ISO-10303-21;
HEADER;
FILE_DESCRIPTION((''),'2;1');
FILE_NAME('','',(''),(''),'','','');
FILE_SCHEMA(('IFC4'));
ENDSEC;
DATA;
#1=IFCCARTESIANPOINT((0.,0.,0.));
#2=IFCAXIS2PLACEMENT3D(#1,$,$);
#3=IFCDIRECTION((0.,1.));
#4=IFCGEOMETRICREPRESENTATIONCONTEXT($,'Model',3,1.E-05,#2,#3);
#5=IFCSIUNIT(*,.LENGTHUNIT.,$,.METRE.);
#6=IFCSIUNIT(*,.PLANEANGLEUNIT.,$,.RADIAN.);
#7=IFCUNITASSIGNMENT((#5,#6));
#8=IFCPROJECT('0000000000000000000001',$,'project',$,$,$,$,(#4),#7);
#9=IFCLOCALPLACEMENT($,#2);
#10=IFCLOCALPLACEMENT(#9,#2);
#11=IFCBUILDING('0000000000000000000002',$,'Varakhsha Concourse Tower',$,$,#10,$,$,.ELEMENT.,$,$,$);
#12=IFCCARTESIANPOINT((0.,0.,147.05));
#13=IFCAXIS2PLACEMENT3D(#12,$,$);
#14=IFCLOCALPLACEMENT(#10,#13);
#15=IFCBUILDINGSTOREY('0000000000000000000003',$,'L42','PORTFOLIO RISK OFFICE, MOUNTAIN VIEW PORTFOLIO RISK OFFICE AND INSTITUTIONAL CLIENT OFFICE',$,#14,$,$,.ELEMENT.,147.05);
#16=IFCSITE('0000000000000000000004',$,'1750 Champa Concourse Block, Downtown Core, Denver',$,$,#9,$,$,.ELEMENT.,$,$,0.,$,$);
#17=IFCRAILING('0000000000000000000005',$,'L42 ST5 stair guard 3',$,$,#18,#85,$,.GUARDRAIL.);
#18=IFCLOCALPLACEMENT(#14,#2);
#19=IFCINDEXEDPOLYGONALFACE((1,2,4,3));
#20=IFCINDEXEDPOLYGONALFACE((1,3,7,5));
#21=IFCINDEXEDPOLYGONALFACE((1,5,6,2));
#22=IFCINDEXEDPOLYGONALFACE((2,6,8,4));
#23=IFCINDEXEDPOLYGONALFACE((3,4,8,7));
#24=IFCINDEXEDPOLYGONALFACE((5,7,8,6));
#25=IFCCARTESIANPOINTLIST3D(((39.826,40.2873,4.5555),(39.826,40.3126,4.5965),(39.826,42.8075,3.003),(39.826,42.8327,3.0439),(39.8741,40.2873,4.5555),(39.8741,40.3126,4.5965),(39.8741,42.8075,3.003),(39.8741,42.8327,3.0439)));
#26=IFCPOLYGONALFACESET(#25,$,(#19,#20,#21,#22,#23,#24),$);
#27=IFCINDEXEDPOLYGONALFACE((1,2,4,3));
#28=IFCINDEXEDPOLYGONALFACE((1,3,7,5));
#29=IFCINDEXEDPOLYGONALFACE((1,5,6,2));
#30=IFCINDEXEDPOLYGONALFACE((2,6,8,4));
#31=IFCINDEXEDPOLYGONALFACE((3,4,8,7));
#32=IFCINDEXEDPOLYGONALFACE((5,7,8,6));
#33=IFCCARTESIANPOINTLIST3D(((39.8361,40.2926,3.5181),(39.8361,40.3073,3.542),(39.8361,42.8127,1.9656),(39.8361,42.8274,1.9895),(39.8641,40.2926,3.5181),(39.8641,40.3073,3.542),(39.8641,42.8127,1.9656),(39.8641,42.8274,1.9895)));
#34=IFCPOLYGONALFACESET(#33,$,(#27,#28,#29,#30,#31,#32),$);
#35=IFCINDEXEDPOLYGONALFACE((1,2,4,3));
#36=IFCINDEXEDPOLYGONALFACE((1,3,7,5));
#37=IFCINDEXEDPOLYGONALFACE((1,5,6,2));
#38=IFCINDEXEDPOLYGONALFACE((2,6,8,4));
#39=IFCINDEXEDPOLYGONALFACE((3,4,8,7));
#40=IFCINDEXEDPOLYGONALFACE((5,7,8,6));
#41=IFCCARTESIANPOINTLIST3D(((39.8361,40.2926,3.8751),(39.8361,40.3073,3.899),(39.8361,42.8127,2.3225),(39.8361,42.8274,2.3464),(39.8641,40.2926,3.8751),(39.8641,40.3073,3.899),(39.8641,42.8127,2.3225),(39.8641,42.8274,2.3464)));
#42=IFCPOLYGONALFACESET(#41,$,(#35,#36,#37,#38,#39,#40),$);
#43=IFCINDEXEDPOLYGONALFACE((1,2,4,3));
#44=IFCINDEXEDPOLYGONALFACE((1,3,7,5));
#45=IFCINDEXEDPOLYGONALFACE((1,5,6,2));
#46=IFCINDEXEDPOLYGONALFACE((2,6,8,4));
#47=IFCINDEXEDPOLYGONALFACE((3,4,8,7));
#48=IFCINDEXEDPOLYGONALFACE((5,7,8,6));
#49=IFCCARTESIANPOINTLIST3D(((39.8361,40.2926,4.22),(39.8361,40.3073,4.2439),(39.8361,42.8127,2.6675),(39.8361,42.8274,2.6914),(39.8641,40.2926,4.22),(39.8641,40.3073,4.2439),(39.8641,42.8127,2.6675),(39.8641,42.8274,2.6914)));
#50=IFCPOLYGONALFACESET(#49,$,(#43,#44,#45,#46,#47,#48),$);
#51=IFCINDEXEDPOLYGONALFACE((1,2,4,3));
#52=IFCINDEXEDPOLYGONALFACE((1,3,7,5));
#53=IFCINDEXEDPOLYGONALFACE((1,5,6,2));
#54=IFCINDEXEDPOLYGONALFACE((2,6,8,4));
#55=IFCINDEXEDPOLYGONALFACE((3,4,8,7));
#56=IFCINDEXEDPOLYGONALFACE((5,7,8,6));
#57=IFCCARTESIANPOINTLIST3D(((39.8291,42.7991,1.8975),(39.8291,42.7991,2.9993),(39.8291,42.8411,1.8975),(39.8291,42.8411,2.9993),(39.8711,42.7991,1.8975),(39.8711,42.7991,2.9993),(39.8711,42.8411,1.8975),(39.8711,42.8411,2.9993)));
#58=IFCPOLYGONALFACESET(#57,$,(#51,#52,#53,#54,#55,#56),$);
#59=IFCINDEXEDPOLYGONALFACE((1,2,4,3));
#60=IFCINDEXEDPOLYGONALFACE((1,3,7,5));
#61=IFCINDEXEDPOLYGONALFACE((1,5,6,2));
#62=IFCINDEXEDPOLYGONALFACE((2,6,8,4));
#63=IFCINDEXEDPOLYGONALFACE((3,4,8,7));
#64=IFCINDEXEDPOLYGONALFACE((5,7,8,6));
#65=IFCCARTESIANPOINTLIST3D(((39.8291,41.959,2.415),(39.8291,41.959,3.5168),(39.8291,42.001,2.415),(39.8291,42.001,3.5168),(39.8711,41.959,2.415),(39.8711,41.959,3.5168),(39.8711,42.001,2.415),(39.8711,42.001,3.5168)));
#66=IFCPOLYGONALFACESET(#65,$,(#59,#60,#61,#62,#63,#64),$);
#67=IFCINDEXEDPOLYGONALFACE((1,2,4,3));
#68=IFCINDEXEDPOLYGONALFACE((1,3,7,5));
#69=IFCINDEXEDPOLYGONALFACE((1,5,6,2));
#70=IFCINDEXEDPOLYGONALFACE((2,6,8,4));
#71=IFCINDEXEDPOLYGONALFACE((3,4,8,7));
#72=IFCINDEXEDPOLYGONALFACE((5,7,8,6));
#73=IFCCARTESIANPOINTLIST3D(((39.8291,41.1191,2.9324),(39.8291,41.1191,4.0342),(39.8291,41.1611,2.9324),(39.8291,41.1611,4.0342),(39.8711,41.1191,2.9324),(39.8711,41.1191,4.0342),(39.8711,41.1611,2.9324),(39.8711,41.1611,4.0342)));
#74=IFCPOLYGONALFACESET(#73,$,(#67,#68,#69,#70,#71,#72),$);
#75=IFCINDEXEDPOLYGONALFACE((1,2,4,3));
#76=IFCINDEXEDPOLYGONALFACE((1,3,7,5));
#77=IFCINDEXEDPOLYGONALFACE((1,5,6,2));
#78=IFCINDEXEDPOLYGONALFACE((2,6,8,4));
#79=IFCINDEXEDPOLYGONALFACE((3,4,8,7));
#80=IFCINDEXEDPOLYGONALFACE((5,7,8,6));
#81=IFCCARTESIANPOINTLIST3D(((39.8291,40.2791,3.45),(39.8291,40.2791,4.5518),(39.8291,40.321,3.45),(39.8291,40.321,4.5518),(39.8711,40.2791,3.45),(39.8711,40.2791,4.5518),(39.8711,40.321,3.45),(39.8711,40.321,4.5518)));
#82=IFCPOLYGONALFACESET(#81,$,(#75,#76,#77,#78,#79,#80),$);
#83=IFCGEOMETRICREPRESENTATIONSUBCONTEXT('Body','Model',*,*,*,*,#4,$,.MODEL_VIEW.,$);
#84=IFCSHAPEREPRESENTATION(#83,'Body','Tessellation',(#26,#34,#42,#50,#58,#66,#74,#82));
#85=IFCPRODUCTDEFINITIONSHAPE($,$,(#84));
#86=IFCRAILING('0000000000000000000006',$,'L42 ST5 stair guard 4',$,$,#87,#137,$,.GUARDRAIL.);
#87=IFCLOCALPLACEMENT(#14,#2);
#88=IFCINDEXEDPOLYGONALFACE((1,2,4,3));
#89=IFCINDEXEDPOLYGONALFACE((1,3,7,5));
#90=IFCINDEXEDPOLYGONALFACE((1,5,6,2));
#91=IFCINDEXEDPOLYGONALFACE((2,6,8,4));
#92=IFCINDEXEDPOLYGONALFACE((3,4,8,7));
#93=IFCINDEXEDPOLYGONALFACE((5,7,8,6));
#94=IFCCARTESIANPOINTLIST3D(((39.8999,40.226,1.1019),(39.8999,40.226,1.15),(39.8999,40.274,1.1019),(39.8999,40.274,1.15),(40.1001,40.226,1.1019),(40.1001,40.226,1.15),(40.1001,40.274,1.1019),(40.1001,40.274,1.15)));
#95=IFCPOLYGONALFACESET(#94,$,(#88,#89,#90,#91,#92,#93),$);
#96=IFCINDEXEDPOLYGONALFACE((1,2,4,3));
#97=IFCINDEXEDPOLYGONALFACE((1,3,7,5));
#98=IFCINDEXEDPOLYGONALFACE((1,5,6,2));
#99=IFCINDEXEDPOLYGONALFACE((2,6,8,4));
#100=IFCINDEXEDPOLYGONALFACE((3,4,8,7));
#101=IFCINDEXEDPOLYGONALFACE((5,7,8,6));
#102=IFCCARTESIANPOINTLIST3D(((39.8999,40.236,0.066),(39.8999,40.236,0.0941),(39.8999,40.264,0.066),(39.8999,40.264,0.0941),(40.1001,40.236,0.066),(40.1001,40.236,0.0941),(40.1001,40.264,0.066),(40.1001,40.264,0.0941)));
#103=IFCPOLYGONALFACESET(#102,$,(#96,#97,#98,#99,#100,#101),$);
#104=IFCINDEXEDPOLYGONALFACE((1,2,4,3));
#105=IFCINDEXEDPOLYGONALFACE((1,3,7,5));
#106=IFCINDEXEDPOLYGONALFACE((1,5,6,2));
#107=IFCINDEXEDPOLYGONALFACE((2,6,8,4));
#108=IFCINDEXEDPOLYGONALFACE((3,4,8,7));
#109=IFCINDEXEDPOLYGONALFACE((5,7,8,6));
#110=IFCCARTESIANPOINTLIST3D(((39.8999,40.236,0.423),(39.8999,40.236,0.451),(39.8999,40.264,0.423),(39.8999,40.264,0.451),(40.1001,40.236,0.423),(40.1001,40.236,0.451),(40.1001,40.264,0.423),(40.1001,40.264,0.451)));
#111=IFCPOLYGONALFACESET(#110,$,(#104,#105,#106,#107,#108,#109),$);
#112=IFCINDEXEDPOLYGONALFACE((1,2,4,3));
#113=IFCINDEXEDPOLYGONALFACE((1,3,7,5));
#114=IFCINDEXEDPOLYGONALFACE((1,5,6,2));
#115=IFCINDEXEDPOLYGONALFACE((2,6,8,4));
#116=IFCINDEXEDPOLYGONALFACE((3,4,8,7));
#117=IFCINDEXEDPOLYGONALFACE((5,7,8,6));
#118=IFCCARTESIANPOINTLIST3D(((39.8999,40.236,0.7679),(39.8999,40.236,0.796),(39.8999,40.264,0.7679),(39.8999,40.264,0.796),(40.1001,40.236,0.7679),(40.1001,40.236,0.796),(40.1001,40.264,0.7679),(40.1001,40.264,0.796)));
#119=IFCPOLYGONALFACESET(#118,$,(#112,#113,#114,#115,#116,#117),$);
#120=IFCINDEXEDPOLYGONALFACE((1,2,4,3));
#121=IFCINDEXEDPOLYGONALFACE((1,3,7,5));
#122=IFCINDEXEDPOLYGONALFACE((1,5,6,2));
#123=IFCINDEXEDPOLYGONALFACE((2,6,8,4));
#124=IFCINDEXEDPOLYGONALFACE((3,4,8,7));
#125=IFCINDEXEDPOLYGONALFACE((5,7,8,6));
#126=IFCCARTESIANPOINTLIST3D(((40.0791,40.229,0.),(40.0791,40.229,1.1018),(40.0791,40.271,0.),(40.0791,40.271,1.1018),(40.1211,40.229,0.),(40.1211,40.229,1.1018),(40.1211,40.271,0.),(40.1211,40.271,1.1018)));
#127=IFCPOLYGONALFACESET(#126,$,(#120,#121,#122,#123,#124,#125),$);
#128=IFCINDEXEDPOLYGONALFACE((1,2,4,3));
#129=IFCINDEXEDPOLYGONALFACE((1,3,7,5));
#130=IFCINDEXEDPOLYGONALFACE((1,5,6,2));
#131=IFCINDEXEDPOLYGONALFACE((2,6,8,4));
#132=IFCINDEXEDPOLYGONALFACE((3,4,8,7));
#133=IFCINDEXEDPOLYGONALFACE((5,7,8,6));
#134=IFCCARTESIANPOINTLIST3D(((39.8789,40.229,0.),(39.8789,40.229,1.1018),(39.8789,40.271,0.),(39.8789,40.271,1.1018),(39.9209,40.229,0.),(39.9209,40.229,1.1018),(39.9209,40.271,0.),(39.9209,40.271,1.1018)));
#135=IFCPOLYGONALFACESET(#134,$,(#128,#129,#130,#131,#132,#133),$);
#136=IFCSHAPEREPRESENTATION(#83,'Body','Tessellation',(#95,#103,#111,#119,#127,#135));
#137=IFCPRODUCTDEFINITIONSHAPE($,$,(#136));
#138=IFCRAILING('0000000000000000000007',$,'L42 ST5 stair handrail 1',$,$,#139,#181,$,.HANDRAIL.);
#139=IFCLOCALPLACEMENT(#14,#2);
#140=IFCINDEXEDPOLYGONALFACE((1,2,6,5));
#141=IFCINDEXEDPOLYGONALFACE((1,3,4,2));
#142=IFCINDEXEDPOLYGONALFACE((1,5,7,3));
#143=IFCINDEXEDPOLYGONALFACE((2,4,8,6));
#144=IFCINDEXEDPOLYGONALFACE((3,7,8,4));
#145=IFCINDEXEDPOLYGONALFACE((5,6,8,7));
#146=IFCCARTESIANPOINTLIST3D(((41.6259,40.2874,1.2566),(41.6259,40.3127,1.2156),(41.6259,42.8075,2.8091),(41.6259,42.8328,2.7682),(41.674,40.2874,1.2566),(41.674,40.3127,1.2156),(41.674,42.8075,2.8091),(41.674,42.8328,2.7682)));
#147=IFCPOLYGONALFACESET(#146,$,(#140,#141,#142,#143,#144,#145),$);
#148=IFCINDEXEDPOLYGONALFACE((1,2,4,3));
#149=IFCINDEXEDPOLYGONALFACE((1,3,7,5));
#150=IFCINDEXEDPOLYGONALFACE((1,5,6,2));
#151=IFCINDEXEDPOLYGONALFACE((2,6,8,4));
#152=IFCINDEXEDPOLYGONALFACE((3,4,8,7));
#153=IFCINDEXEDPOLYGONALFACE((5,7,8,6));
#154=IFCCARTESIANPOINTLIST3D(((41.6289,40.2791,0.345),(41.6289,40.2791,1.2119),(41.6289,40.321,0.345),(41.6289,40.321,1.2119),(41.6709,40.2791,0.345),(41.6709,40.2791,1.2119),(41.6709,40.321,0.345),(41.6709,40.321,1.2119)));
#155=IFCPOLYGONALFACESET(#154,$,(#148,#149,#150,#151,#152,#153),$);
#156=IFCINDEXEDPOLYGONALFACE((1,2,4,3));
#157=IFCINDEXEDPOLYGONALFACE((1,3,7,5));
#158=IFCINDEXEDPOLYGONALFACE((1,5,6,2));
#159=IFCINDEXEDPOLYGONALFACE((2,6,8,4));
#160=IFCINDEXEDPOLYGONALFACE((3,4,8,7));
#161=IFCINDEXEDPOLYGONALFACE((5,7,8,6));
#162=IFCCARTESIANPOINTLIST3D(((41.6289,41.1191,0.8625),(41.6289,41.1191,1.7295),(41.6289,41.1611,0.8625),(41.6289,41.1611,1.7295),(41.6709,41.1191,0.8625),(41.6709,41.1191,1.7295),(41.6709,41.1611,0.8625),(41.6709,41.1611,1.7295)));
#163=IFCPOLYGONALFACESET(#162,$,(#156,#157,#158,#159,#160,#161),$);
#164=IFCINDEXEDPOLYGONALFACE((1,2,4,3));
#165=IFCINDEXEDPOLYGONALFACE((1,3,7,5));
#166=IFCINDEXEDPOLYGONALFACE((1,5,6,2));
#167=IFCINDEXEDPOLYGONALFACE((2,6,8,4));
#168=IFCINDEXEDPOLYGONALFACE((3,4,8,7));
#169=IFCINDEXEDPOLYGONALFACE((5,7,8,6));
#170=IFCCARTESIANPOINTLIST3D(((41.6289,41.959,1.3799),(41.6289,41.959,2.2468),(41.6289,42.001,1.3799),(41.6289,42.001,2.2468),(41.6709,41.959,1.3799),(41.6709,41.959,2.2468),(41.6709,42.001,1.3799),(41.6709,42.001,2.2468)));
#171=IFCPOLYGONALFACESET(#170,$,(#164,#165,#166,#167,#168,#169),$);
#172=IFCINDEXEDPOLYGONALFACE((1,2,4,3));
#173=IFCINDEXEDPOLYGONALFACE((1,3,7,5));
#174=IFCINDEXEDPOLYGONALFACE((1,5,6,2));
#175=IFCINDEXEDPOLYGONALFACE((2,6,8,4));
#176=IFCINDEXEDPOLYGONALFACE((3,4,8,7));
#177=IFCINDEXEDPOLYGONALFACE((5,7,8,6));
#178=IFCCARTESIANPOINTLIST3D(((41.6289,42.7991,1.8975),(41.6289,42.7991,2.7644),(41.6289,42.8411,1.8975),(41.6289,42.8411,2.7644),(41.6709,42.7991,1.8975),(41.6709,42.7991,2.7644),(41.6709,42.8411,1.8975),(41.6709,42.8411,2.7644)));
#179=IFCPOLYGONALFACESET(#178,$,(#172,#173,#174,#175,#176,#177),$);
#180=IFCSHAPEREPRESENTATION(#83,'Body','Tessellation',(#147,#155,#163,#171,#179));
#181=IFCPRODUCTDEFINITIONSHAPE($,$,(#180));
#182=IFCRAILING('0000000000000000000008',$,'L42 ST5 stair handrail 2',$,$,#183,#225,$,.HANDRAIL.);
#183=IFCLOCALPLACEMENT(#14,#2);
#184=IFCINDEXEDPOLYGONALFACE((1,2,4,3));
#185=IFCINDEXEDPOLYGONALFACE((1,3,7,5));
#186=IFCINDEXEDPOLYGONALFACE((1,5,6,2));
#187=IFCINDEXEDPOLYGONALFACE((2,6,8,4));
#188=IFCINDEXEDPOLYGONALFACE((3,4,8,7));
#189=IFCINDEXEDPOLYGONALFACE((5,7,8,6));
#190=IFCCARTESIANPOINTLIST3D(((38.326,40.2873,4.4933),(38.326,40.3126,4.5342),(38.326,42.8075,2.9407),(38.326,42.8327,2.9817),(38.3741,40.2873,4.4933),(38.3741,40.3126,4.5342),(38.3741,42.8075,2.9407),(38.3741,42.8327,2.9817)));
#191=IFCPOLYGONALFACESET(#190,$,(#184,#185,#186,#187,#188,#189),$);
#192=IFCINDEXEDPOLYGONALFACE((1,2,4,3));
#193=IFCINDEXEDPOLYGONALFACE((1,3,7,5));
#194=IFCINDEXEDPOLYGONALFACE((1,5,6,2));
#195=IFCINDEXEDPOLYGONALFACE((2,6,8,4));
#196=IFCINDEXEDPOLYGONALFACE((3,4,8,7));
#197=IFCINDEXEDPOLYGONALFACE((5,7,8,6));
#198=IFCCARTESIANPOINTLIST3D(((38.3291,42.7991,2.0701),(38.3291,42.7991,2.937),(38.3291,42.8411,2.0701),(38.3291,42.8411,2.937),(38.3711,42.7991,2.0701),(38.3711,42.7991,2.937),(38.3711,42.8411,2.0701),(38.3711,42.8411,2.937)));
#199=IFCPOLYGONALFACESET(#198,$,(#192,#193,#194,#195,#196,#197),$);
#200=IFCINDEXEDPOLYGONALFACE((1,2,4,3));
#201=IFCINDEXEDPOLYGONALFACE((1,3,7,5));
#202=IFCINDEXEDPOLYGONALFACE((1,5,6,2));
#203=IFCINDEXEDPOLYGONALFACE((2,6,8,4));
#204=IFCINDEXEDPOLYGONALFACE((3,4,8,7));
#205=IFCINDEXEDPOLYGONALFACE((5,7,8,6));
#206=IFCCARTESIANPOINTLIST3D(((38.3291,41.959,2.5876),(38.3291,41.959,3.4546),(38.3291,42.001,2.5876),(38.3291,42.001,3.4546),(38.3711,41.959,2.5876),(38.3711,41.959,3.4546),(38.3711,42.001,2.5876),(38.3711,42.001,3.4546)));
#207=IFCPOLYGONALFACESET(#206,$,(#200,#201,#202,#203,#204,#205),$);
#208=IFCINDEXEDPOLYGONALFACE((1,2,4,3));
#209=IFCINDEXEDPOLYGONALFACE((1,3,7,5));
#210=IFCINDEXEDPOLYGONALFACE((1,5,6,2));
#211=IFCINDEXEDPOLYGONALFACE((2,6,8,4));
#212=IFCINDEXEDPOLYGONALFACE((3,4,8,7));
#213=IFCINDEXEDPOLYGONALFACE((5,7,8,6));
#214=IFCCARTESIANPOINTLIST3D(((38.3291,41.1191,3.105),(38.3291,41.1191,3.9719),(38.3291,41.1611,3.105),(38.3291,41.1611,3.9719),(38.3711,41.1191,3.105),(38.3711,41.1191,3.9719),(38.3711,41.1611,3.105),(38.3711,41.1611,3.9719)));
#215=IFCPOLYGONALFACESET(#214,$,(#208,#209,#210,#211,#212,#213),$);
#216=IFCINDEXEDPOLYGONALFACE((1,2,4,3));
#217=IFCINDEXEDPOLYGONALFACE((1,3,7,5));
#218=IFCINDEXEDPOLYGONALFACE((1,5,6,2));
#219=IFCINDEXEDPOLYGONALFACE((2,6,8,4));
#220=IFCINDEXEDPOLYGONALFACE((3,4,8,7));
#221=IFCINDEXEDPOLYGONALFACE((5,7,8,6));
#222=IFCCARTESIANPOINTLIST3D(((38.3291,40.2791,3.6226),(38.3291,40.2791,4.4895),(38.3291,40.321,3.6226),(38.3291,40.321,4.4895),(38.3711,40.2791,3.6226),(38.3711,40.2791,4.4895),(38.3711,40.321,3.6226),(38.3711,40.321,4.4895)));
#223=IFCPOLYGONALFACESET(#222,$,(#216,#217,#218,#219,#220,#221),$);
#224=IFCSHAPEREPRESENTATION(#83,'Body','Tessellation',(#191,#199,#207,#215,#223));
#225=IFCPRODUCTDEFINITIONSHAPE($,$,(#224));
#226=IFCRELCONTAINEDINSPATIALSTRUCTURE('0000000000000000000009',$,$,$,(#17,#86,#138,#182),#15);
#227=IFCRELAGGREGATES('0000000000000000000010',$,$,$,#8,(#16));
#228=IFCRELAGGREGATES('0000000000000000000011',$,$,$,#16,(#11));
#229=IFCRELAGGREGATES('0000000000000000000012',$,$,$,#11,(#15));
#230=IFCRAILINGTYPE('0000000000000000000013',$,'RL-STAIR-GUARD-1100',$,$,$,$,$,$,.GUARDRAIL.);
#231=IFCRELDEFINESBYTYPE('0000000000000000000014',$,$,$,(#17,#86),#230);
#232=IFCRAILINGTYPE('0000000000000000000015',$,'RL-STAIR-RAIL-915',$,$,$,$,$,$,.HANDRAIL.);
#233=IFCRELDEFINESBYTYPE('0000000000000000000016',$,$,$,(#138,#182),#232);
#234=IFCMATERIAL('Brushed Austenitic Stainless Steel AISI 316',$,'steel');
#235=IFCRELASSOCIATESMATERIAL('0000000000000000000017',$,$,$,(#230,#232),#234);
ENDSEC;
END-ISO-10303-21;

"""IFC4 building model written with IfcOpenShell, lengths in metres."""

from ifc_helpers import new_model, si_unit, direction, frame, origin, origin_2d, place, context, subcontext, project, spatial, rectangle, extrude, material, type_object, element, save


model = new_model("IFC4")

# Units and contexts
model_context = context("Model", 3, precision=1e-05, world=origin(), true_north=direction((0.0, 1.0)))
body_context = subcontext(model_context, "Body", "Model", "MODEL_VIEW")
ifc_project = project(units=[si_unit("LENGTHUNIT", "METRE"), si_unit("PLANEANGLEUNIT", "RADIAN")], contexts=[model_context])

# Site, building, storey
site_placement = place(None, origin())
site = spatial("IfcSite", under=ifc_project, at=site_placement, Name="1750 Champa Concourse Block, Downtown Core, Denver", CompositionType="ELEMENT", RefElevation=0.0)
building_placement = place(site_placement, origin())
building = spatial("IfcBuilding", under=site, at=building_placement, Name="Varakhsha Concourse Tower", CompositionType="ELEMENT")
storey_placement = place(building_placement, frame((0.0, 0.0, 147.05)))
storey = spatial("IfcBuildingStorey", under=building, at=storey_placement, Name="L42", Description="PORTFOLIO RISK OFFICE, MOUNTAIN VIEW PORTFOLIO RISK OFFICE AND INSTITUTIONAL CLIENT OFFICE", CompositionType="ELEMENT", Elevation=147.05)

# Railings
ifc_material_1 = material(Name="Brushed Austenitic Stainless Steel AISI 316", Category="steel")
railing_type_1 = type_object("IfcRailingType", Name="RL-STAIR-GUARD-1100", PredefinedType="GUARDRAIL", material=ifc_material_1)
railing_1_placement = place(storey_placement, frame((39.8501, 42.8201, 1.8975)))
element("IfcRailing", 1, at=railing_1_placement, inside=storey, type_object=railing_type_1, Name="L42 ST5 stair guard 3", PredefinedType="GUARDRAIL", context=body_context, shape_type="SweptSolid", body=[
    extrude(rectangle(XDim=0.0481, YDim=0.0481, at=origin_2d()), frame((0.0, 0.0, 1.126), z_axis=(0.0, -0.8514, 0.524516), x_axis=(1.0, 0.0, 0.0)), (0.0, 0.0, 1.0), 2.96),
    extrude(rectangle(XDim=0.0281, YDim=0.0281, at=origin_2d()), frame((0.0, 0.0, 0.0801), z_axis=(0.0, -0.8514, 0.524516), x_axis=(1.0, 0.0, 0.0)), (0.0, 0.0, 1.0), 2.96),
    extrude(rectangle(XDim=0.0281, YDim=0.0281, at=origin_2d()), frame((0.0, 0.0, 0.437), z_axis=(0.0, -0.8514, 0.524516), x_axis=(1.0, 0.0, 0.0)), (0.0, 0.0, 1.0), 2.96),
    extrude(rectangle(XDim=0.0281, YDim=0.0281, at=origin_2d()), frame((0.0, 0.0, 0.782), z_axis=(0.0, -0.8514, 0.524516), x_axis=(1.0, 0.0, 0.0)), (0.0, 0.0, 1.0), 2.96),
    extrude(rectangle(XDim=0.042, YDim=0.042, at=origin_2d()), origin(), (0.0, 0.0, 1.0), 1.1018),
    extrude(rectangle(XDim=0.042, YDim=0.042, at=origin_2d()), frame((0.0, -0.8401, 0.5176)), (0.0, 0.0, 1.0), 1.1018),
    extrude(rectangle(XDim=0.042, YDim=0.042, at=origin_2d()), frame((0.0, -1.6799, 1.0349)), (0.0, 0.0, 1.0), 1.1018),
    extrude(rectangle(XDim=0.042, YDim=0.042, at=origin_2d()), frame((0.0, -2.52, 1.5525)), (0.0, 0.0, 1.0), 1.1018),
])
railing_2_placement = place(storey_placement, frame((40.1001, 40.25, 0.0)))
element("IfcRailing", 2, at=railing_2_placement, inside=storey, type_object=railing_type_1, Name="L42 ST5 stair guard 4", PredefinedType="GUARDRAIL", context=body_context, shape_type="SweptSolid", body=[
    extrude(rectangle(XDim=0.0481, YDim=0.0481, at=origin_2d()), frame((0.0, 0.0, 1.126), z_axis=(-1.0, 0.0, 0.0), x_axis=(0.0, -1.0, 0.0)), (0.0, 0.0, 1.0), 0.2002),
    extrude(rectangle(XDim=0.0281, YDim=0.0281, at=origin_2d()), frame((0.0, 0.0, 0.0801), z_axis=(-1.0, 0.0, 0.0), x_axis=(0.0, -1.0, 0.0)), (0.0, 0.0, 1.0), 0.2002),
    extrude(rectangle(XDim=0.0281, YDim=0.0281, at=origin_2d()), frame((0.0, 0.0, 0.437), z_axis=(-1.0, 0.0, 0.0), x_axis=(0.0, -1.0, 0.0)), (0.0, 0.0, 1.0), 0.2002),
    extrude(rectangle(XDim=0.0281, YDim=0.0281, at=origin_2d()), frame((0.0, 0.0, 0.782), z_axis=(-1.0, 0.0, 0.0), x_axis=(0.0, -1.0, 0.0)), (0.0, 0.0, 1.0), 0.2002),
    extrude(rectangle(XDim=0.042, YDim=0.042, at=origin_2d()), origin(), (0.0, 0.0, 1.0), 1.1018),
    extrude(rectangle(XDim=0.042, YDim=0.042, at=origin_2d()), frame((-0.2002, 0.0, 0.0)), (0.0, 0.0, 1.0), 1.1018),
])
railing_type_2 = type_object("IfcRailingType", Name="RL-STAIR-RAIL-915", PredefinedType="HANDRAIL", material=ifc_material_1)
railing_3_placement = place(storey_placement, frame((41.6499, 40.3, 0.345)))
element("IfcRailing", 3, at=railing_3_placement, inside=storey, type_object=railing_type_2, Name="L42 ST5 stair handrail 1", PredefinedType="HANDRAIL", context=body_context, shape_type="SweptSolid", body=[
    extrude(rectangle(XDim=0.0481, YDim=0.0481, at=origin_2d()), frame((0.0, 0.0, 0.8911), z_axis=(0.0, 0.8514, 0.524516), x_axis=(-1.0, 0.0, 0.0)), (0.0, 0.0, 1.0), 2.96),
    extrude(rectangle(XDim=0.042, YDim=0.042, at=origin_2d()), origin(), (0.0, 0.0, 1.0), 0.8669),
    extrude(rectangle(XDim=0.042, YDim=0.042, at=origin_2d()), frame((0.0, 0.8401, 0.5176)), (0.0, 0.0, 1.0), 0.8669),
    extrude(rectangle(XDim=0.042, YDim=0.042, at=origin_2d()), frame((0.0, 1.6799, 1.0349)), (0.0, 0.0, 1.0), 0.8669),
    extrude(rectangle(XDim=0.042, YDim=0.042, at=origin_2d()), frame((0.0, 2.52, 1.5525)), (0.0, 0.0, 1.0), 0.8669),
])
railing_4_placement = place(storey_placement, frame((38.3501, 42.8201, 2.0701)))
element("IfcRailing", 4, at=railing_4_placement, inside=storey, type_object=railing_type_2, Name="L42 ST5 stair handrail 2", PredefinedType="HANDRAIL", context=body_context, shape_type="SweptSolid", body=[
    extrude(rectangle(XDim=0.0481, YDim=0.0481, at=origin_2d()), frame((0.0, 0.0, 0.8911), z_axis=(0.0, -0.8514, 0.524516), x_axis=(1.0, 0.0, 0.0)), (0.0, 0.0, 1.0), 2.96),
    extrude(rectangle(XDim=0.042, YDim=0.042, at=origin_2d()), origin(), (0.0, 0.0, 1.0), 0.8669),
    extrude(rectangle(XDim=0.042, YDim=0.042, at=origin_2d()), frame((0.0, -0.8401, 0.5176)), (0.0, 0.0, 1.0), 0.8669),
    extrude(rectangle(XDim=0.042, YDim=0.042, at=origin_2d()), frame((0.0, -1.6799, 1.0349)), (0.0, 0.0, 1.0), 0.8669),
    extrude(rectangle(XDim=0.042, YDim=0.042, at=origin_2d()), frame((0.0, -2.52, 1.5525)), (0.0, 0.0, 1.0), 0.8669),
])

save(model, "model.ifc")
